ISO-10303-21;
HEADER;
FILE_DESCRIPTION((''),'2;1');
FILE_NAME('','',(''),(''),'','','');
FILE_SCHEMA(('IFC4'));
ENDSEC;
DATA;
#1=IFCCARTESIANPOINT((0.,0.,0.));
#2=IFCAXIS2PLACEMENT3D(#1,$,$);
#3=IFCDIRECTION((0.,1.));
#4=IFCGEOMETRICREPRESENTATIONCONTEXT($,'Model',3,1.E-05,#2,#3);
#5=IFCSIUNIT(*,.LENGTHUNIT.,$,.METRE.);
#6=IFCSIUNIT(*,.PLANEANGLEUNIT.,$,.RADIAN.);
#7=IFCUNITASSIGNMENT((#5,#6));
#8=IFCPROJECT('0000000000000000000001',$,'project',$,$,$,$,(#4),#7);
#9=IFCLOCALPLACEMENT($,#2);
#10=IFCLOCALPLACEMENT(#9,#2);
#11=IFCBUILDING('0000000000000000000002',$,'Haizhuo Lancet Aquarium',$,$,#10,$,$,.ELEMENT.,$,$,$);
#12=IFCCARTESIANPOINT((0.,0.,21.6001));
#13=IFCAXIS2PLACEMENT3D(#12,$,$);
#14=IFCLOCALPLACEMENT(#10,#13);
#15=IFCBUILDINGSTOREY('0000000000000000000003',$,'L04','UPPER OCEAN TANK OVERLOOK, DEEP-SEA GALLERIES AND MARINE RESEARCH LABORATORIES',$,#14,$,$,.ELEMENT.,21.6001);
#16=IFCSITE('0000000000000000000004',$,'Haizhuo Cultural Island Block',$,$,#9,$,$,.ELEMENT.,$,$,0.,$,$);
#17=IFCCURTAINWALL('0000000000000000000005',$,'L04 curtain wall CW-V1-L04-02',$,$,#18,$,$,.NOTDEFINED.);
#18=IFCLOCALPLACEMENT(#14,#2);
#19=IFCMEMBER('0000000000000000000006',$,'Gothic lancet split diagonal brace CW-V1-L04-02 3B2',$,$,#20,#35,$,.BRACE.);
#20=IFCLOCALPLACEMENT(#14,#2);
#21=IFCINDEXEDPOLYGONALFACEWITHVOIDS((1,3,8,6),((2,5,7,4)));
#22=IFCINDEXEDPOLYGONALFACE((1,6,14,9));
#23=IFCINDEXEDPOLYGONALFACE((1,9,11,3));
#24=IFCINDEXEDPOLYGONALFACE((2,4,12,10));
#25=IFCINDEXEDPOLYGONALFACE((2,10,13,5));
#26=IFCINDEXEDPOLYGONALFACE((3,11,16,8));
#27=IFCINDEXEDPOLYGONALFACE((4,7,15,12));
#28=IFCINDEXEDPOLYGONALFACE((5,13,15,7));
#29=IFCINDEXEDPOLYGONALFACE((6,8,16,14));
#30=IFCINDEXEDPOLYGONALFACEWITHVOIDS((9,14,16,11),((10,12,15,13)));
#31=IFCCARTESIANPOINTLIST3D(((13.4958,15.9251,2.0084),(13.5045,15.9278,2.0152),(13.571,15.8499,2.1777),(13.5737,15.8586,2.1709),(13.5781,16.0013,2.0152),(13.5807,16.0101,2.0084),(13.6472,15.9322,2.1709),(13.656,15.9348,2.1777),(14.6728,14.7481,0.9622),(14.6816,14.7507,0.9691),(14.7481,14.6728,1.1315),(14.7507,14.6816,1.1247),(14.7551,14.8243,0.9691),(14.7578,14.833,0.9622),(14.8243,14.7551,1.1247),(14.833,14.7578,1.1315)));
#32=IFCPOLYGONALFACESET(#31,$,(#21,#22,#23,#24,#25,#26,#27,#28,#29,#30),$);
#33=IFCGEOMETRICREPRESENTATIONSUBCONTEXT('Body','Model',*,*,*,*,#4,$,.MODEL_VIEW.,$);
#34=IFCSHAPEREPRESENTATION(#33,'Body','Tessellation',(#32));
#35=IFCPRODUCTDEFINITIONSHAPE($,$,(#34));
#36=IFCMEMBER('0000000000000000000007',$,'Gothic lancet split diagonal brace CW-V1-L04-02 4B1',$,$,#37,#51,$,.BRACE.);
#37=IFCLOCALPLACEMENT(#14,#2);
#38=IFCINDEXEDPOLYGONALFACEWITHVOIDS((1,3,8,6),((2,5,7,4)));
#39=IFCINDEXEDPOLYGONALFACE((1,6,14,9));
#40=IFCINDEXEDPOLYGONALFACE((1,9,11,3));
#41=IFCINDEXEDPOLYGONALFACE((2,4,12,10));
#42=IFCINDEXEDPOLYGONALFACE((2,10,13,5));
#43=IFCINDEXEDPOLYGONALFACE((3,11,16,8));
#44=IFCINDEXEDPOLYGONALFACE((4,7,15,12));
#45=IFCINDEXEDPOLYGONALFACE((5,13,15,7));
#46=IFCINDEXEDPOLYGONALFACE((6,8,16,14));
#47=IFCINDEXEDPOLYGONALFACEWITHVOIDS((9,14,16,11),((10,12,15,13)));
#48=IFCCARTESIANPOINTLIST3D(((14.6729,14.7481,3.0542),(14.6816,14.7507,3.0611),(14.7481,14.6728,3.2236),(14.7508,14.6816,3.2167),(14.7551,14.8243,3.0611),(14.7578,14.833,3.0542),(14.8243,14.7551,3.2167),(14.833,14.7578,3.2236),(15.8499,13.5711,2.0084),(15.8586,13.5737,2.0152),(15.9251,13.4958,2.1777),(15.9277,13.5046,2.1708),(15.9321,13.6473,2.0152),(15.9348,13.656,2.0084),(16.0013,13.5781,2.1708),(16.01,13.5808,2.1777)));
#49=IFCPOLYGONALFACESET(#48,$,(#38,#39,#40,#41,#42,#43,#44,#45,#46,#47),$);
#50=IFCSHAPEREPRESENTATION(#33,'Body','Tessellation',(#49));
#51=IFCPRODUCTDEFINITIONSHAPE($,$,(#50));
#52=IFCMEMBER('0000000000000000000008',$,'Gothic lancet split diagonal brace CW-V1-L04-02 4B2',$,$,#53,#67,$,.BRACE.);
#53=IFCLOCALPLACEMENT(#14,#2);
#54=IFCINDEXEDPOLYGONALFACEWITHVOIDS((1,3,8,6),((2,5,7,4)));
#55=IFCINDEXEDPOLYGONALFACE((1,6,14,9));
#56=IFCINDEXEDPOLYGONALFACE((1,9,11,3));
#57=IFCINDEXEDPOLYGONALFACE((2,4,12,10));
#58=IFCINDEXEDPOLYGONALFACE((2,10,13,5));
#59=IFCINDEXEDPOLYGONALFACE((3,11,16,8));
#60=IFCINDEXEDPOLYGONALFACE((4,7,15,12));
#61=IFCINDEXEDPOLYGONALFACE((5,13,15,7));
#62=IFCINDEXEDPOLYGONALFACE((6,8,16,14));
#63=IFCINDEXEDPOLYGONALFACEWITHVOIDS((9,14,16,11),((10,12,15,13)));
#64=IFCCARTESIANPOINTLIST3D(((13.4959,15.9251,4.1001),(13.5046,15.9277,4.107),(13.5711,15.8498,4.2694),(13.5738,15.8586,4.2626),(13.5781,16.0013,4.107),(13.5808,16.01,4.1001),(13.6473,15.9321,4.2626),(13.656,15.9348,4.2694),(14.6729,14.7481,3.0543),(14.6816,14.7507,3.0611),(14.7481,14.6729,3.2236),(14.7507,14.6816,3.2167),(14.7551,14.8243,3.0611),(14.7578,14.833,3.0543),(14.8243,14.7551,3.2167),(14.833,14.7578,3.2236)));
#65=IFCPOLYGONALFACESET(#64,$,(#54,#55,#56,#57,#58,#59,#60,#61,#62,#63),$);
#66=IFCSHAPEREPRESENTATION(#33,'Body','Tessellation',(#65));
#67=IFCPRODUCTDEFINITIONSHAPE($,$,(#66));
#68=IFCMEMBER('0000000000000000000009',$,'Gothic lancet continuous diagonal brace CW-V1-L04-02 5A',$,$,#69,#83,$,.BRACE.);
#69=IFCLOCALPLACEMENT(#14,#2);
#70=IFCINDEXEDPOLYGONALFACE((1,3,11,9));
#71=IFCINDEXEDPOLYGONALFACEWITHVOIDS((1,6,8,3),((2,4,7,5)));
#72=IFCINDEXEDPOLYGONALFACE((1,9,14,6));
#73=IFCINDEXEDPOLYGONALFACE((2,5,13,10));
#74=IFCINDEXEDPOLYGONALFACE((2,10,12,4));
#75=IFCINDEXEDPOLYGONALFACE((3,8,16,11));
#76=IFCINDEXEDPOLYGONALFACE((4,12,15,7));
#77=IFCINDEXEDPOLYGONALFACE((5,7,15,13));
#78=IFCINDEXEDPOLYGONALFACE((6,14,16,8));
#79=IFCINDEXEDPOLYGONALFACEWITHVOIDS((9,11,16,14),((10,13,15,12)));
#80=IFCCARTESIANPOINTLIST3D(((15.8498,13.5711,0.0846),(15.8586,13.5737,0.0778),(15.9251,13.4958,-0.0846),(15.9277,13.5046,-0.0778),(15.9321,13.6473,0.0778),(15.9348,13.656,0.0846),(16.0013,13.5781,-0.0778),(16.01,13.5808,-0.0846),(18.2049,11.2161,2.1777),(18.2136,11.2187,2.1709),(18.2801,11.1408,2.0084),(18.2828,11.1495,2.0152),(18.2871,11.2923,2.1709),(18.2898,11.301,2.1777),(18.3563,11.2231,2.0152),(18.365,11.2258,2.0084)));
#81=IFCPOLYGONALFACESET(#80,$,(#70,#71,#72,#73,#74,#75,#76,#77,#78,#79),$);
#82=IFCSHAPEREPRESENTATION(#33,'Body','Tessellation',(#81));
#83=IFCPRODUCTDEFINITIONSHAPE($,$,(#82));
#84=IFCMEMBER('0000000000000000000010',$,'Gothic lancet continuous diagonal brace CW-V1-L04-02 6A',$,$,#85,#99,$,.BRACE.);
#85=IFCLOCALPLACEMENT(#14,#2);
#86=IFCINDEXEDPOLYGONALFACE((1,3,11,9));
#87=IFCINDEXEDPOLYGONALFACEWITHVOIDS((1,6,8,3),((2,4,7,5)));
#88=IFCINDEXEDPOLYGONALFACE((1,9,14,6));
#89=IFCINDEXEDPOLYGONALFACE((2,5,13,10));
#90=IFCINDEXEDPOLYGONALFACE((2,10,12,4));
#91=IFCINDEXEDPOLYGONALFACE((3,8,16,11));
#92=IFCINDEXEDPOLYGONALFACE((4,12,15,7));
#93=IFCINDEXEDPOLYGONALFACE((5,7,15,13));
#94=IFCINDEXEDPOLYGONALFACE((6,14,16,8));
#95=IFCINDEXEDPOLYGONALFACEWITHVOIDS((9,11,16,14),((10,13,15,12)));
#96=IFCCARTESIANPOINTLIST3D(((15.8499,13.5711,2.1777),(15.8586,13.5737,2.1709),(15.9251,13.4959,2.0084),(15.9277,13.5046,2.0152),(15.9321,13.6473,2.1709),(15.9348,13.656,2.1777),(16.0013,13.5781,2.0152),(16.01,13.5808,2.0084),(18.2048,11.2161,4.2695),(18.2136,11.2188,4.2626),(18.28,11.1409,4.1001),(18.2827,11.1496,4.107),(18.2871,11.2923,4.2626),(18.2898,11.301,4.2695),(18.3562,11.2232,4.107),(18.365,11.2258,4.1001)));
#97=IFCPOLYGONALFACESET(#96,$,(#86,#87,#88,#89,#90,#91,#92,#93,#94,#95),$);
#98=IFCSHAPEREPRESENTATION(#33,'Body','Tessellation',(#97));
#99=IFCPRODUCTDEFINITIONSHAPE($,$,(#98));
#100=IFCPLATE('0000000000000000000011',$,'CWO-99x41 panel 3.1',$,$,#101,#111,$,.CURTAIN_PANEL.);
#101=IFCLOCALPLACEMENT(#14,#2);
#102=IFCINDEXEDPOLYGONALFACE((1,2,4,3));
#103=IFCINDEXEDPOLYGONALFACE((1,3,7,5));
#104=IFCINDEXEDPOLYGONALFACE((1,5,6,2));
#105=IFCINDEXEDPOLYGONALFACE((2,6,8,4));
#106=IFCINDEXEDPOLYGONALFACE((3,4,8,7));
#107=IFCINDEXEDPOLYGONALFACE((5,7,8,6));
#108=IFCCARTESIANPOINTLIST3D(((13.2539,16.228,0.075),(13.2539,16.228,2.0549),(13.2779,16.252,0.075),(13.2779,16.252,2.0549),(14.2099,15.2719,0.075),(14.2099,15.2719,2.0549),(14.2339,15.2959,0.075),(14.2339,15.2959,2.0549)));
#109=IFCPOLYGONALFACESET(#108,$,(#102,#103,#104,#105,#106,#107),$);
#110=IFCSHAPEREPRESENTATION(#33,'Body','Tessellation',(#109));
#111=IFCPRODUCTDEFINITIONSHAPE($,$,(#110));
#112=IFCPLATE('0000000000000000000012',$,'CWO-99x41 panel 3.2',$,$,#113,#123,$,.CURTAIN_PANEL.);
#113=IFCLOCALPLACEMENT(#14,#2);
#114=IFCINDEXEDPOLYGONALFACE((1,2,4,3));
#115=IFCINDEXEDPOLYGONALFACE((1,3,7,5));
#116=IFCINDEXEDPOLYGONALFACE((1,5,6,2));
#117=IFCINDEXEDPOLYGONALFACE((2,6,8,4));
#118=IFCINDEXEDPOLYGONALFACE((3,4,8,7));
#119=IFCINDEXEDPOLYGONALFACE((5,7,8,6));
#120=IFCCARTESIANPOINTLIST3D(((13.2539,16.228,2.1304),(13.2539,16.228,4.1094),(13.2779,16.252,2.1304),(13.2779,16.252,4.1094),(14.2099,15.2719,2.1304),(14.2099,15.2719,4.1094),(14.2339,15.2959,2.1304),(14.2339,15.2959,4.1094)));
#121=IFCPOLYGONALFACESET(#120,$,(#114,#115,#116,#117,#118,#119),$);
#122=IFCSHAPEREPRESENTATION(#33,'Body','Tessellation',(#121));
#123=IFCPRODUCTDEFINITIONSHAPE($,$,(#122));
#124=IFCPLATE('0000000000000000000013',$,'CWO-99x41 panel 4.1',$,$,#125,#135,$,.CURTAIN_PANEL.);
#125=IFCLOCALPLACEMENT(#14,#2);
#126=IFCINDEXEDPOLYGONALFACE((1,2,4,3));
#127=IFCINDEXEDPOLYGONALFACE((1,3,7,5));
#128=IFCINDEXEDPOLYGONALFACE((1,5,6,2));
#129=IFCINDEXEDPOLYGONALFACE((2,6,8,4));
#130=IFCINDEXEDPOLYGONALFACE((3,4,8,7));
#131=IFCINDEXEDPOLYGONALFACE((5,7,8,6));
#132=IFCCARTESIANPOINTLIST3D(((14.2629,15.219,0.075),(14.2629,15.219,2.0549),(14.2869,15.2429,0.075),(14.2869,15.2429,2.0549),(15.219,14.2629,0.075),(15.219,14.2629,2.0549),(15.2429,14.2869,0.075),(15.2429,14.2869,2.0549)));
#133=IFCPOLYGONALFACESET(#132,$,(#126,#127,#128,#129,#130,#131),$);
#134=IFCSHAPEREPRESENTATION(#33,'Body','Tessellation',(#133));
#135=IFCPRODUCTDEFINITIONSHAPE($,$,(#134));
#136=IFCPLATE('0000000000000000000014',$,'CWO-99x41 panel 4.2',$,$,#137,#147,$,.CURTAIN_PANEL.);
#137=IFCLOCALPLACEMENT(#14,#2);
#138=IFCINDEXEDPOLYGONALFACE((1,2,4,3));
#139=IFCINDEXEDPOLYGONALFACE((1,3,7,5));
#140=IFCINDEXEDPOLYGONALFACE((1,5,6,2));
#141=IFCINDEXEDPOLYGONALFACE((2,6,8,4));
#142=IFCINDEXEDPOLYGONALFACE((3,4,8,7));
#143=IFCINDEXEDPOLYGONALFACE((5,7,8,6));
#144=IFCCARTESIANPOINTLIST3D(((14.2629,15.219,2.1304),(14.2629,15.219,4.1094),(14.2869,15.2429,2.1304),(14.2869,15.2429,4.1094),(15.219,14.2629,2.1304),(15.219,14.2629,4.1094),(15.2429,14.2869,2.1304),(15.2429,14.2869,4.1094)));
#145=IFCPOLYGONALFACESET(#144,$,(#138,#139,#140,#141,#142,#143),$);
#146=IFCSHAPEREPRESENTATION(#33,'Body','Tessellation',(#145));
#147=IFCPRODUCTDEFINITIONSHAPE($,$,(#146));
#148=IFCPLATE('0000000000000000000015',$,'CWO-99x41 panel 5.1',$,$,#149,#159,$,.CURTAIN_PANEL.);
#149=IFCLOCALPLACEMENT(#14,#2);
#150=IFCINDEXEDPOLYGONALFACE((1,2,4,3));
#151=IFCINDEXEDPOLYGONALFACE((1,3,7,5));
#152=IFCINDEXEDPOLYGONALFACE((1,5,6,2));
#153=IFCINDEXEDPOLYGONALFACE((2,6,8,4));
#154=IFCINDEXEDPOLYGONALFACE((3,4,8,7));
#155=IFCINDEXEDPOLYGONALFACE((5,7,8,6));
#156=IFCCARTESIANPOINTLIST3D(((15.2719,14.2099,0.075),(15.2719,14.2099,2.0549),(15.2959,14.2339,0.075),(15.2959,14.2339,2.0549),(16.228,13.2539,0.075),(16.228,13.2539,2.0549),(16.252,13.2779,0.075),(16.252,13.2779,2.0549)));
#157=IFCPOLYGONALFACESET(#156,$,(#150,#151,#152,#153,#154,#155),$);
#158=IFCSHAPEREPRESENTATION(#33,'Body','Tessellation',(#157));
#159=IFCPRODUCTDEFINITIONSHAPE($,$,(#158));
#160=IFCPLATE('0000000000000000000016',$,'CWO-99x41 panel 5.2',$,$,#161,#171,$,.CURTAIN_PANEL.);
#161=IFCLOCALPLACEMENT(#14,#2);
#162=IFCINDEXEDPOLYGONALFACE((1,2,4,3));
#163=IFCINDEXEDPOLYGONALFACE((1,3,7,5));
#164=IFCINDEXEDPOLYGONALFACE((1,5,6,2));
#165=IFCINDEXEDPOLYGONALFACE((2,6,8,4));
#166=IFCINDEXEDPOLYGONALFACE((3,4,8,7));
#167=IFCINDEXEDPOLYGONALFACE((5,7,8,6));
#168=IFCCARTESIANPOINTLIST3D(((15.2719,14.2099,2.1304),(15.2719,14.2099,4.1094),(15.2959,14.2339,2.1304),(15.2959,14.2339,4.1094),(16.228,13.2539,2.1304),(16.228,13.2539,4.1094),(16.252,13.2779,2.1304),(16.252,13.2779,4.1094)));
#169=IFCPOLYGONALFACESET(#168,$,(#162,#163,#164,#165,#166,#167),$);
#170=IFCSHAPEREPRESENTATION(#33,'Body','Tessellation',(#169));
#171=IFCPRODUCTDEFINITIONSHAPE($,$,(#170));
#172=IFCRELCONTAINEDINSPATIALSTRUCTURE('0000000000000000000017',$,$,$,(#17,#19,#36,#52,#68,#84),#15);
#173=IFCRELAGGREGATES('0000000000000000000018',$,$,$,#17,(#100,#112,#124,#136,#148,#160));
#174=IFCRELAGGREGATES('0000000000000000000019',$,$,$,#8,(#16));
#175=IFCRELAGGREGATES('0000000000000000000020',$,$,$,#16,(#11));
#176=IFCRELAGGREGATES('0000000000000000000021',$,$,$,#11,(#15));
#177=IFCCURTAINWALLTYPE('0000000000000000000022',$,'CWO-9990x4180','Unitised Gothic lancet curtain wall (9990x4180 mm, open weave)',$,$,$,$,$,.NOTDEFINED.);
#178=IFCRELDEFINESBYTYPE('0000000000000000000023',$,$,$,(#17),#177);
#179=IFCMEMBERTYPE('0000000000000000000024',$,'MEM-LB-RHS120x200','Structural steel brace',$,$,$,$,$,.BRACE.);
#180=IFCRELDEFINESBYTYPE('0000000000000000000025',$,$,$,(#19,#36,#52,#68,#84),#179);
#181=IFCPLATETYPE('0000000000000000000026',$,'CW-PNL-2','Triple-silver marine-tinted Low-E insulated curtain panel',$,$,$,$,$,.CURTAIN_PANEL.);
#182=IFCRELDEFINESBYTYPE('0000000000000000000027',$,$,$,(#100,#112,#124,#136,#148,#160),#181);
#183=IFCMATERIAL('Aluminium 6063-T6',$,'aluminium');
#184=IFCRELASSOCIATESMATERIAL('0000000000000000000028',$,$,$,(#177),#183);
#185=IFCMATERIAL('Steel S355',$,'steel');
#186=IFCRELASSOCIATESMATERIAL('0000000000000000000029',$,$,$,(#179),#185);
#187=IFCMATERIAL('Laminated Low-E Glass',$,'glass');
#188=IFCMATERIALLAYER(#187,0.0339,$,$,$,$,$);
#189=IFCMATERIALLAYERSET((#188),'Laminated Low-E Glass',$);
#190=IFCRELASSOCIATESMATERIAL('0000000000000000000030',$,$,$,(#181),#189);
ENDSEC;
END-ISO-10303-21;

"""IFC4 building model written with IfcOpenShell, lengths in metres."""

from ifc_helpers import new_model, si_unit, direction, frame, origin, origin_2d, place, context, subcontext, project, spatial, rectangle, hollow_rectangle, extrude, material, layer, layer_set, material_profile, profile_set, type_object, element, aggregate, save


model = new_model("IFC4")

# Units and contexts
model_context = context("Model", 3, precision=1e-05, world=origin(), true_north=direction((0.0, 1.0)))
body_context = subcontext(model_context, "Body", "Model", "MODEL_VIEW")
ifc_project = project(units=[si_unit("LENGTHUNIT", "METRE"), si_unit("PLANEANGLEUNIT", "RADIAN")], contexts=[model_context])

# Site, building, storey
site_placement = place(None, origin())
site = spatial("IfcSite", under=ifc_project, at=site_placement, Name="Haizhuo Cultural Island Block", CompositionType="ELEMENT", RefElevation=0.0)
building_placement = place(site_placement, origin())
building = spatial("IfcBuilding", under=site, at=building_placement, Name="Haizhuo Lancet Aquarium", CompositionType="ELEMENT")
storey_placement = place(building_placement, frame((0.0, 0.0, 21.6001)))
storey = spatial("IfcBuildingStorey", under=building, at=storey_placement, Name="L04", Description="UPPER OCEAN TANK OVERLOOK, DEEP-SEA GALLERIES AND MARINE RESEARCH LABORATORIES", CompositionType="ELEMENT", Elevation=21.6001)

# Curtain wall
ifc_material_1 = material(Name="Aluminium 6063-T6", Category="aluminium")
curtain_wall_type = type_object("IfcCurtainWallType", Name="CWO-9990x4180", Description="Unitised Gothic lancet curtain wall (9990x4180 mm, open weave)", PredefinedType="NOTDEFINED", material=ifc_material_1)
curtain_wall_placement = place(storey_placement, origin())
curtain_wall = element("IfcCurtainWall", 1, at=curtain_wall_placement, inside=storey, type_object=curtain_wall_type, Name="L04 curtain wall CW-V1-L04-02", PredefinedType="NOTDEFINED")

# Members
ifc_material_2 = material(Name="Steel S355", Category="steel")
ifc_material_profile_1 = material_profile(ifc_material_2, hollow_rectangle(XDim=0.1201, YDim=0.2, WallThickness=0.0081, at=origin_2d()), Name="RHS 120x200x8")
ifc_profile_set_1 = profile_set([ifc_material_profile_1], Name="Steel S355")
member_type_1 = type_object("IfcMemberType", Name="MEM-LB-RHS120x200", Description="Structural steel brace", PredefinedType="BRACE", material=ifc_profile_set_1)
member_1_placement = place(storey_placement, frame((14.7529, 14.7529, 1.0469), z_axis=(-0.598684, 0.598684, 0.532122), x_axis=(-0.707107, -0.707107, 0.0)))
element("IfcMember", 2, at=member_1_placement, inside=storey, type_object=member_type_1, Name="Gothic lancet split diagonal brace CW-V1-L04-02 3B2", PredefinedType="BRACE", context=body_context, shape_type="SweptSolid", body=[
    extrude(hollow_rectangle(XDim=0.1201, YDim=0.2, WallThickness=0.0081, at=origin_2d()), origin(), (0.0, 0.0, 1.0), 1.9661),
])
for number, where, z_axis, x_axis, name in (
    (3, (15.9299, 13.5759, 2.093), (-0.598724, 0.598724, 0.532033), (-0.707107, -0.707107, 0.0), "Gothic lancet split diagonal brace CW-V1-L04-02 4B1"),
    (4, (14.7529, 14.7529, 3.1389), (-0.598724, 0.598724, 0.532033), (-0.707107, -0.707107, 0.0), "Gothic lancet split diagonal brace CW-V1-L04-02 4B2"),
):
    element("IfcMember", number, at=place(storey_placement, frame(where, z_axis=z_axis, x_axis=x_axis)), inside=storey, type_object=member_type_1, Name=name, PredefinedType="BRACE", context=body_context, shape_type="SweptSolid", body=[
        extrude(hollow_rectangle(XDim=0.1201, YDim=0.2, WallThickness=0.0081, at=origin_2d()), origin(), (0.0, 0.0, 1.0), 1.9658),
    ])
member_2_placement = place(storey_placement, frame((15.9299, 13.5759, 0.0), z_axis=(0.598695, -0.598695, 0.532098), x_axis=(0.707107, 0.707107, 0.0)))
element("IfcMember", 5, at=member_2_placement, inside=storey, type_object=member_type_1, Name="Gothic lancet continuous diagonal brace CW-V1-L04-02 5A", PredefinedType="BRACE", context=body_context, shape_type="SweptSolid", body=[
    extrude(hollow_rectangle(XDim=0.1201, YDim=0.2, WallThickness=0.0081, at=origin_2d()), origin(), (0.0, 0.0, 1.0), 3.9336),
])
member_3_placement = place(storey_placement, frame((15.9299, 13.5759, 2.093), z_axis=(0.598794, -0.598794, 0.531875), x_axis=(0.707107, 0.707107, 0.0)))
element("IfcMember", 6, at=member_3_placement, inside=storey, type_object=member_type_1, Name="Gothic lancet continuous diagonal brace CW-V1-L04-02 6A", PredefinedType="BRACE", context=body_context, shape_type="SweptSolid", body=[
    extrude(hollow_rectangle(XDim=0.1201, YDim=0.2, WallThickness=0.0081, at=origin_2d()), origin(), (0.0, 0.0, 1.0), 3.9329),
])

# Plates
ifc_material_3 = material(Name="Laminated Low-E Glass", Category="glass")
ifc_layer_1 = layer(ifc_material_3, 0.0339)
ifc_layer_set_1 = layer_set([ifc_layer_1], Name="Laminated Low-E Glass")
plate_type = type_object("IfcPlateType", Name="CW-PNL-2", Description="Triple-silver marine-tinted Low-E insulated curtain panel", PredefinedType="CURTAIN_PANEL", material=ifc_layer_set_1)
plate_1_placement = place(storey_placement, frame((13.7439, 15.762, 0.075), z_axis=(0.0, 0.0, 1.0), x_axis=(0.707107, -0.707107, 0.0)))
plate_1 = element("IfcPlate", 7, at=plate_1_placement, type_object=plate_type, Name="CWO-99x41 panel 3.1", PredefinedType="CURTAIN_PANEL", context=body_context, shape_type="SweptSolid", body=[
    extrude(rectangle(XDim=1.3521, YDim=0.0339, at=origin_2d()), origin(), (0.0, 0.0, 1.0), 1.98),
])
plate_2_placement = place(storey_placement, frame((13.7439, 15.762, 2.1304), z_axis=(0.0, 0.0, 1.0), x_axis=(0.707107, -0.707107, 0.0)))
plate_2 = element("IfcPlate", 8, at=plate_2_placement, type_object=plate_type, Name="CWO-99x41 panel 3.2", PredefinedType="CURTAIN_PANEL", context=body_context, shape_type="SweptSolid", body=[
    extrude(rectangle(XDim=1.3521, YDim=0.0339, at=origin_2d()), origin(), (0.0, 0.0, 1.0), 1.979),
])
plate_3_placement = place(storey_placement, frame((14.7529, 14.7529, 0.075), z_axis=(0.0, 0.0, 1.0), x_axis=(0.707107, -0.707107, 0.0)))
plate_3 = element("IfcPlate", 9, at=plate_3_placement, type_object=plate_type, Name="CWO-99x41 panel 4.1", PredefinedType="CURTAIN_PANEL", context=body_context, shape_type="SweptSolid", body=[
    extrude(rectangle(XDim=1.3521, YDim=0.0339, at=origin_2d()), origin(), (0.0, 0.0, 1.0), 1.98),
])
plate_4_placement = place(storey_placement, frame((14.7529, 14.7529, 2.1304), z_axis=(0.0, 0.0, 1.0), x_axis=(0.707107, -0.707107, 0.0)))
plate_4 = element("IfcPlate", 10, at=plate_4_placement, type_object=plate_type, Name="CWO-99x41 panel 4.2", PredefinedType="CURTAIN_PANEL", context=body_context, shape_type="SweptSolid", body=[
    extrude(rectangle(XDim=1.3521, YDim=0.0339, at=origin_2d()), origin(), (0.0, 0.0, 1.0), 1.979),
])
plate_5_placement = place(storey_placement, frame((15.762, 13.7439, 0.075), z_axis=(0.0, 0.0, 1.0), x_axis=(0.707107, -0.707107, 0.0)))
plate_5 = element("IfcPlate", 11, at=plate_5_placement, type_object=plate_type, Name="CWO-99x41 panel 5.1", PredefinedType="CURTAIN_PANEL", context=body_context, shape_type="SweptSolid", body=[
    extrude(rectangle(XDim=1.3521, YDim=0.0339, at=origin_2d()), origin(), (0.0, 0.0, 1.0), 1.98),
])
plate_6_placement = place(storey_placement, frame((15.762, 13.7439, 2.1304), z_axis=(0.0, 0.0, 1.0), x_axis=(0.707107, -0.707107, 0.0)))
plate_6 = element("IfcPlate", 12, at=plate_6_placement, type_object=plate_type, Name="CWO-99x41 panel 5.2", PredefinedType="CURTAIN_PANEL", context=body_context, shape_type="SweptSolid", body=[
    extrude(rectangle(XDim=1.3521, YDim=0.0339, at=origin_2d()), origin(), (0.0, 0.0, 1.0), 1.979),
])
aggregate(curtain_wall, [plate_1, plate_2, plate_3, plate_4, plate_5, plate_6])

save(model, "model.ifc")
